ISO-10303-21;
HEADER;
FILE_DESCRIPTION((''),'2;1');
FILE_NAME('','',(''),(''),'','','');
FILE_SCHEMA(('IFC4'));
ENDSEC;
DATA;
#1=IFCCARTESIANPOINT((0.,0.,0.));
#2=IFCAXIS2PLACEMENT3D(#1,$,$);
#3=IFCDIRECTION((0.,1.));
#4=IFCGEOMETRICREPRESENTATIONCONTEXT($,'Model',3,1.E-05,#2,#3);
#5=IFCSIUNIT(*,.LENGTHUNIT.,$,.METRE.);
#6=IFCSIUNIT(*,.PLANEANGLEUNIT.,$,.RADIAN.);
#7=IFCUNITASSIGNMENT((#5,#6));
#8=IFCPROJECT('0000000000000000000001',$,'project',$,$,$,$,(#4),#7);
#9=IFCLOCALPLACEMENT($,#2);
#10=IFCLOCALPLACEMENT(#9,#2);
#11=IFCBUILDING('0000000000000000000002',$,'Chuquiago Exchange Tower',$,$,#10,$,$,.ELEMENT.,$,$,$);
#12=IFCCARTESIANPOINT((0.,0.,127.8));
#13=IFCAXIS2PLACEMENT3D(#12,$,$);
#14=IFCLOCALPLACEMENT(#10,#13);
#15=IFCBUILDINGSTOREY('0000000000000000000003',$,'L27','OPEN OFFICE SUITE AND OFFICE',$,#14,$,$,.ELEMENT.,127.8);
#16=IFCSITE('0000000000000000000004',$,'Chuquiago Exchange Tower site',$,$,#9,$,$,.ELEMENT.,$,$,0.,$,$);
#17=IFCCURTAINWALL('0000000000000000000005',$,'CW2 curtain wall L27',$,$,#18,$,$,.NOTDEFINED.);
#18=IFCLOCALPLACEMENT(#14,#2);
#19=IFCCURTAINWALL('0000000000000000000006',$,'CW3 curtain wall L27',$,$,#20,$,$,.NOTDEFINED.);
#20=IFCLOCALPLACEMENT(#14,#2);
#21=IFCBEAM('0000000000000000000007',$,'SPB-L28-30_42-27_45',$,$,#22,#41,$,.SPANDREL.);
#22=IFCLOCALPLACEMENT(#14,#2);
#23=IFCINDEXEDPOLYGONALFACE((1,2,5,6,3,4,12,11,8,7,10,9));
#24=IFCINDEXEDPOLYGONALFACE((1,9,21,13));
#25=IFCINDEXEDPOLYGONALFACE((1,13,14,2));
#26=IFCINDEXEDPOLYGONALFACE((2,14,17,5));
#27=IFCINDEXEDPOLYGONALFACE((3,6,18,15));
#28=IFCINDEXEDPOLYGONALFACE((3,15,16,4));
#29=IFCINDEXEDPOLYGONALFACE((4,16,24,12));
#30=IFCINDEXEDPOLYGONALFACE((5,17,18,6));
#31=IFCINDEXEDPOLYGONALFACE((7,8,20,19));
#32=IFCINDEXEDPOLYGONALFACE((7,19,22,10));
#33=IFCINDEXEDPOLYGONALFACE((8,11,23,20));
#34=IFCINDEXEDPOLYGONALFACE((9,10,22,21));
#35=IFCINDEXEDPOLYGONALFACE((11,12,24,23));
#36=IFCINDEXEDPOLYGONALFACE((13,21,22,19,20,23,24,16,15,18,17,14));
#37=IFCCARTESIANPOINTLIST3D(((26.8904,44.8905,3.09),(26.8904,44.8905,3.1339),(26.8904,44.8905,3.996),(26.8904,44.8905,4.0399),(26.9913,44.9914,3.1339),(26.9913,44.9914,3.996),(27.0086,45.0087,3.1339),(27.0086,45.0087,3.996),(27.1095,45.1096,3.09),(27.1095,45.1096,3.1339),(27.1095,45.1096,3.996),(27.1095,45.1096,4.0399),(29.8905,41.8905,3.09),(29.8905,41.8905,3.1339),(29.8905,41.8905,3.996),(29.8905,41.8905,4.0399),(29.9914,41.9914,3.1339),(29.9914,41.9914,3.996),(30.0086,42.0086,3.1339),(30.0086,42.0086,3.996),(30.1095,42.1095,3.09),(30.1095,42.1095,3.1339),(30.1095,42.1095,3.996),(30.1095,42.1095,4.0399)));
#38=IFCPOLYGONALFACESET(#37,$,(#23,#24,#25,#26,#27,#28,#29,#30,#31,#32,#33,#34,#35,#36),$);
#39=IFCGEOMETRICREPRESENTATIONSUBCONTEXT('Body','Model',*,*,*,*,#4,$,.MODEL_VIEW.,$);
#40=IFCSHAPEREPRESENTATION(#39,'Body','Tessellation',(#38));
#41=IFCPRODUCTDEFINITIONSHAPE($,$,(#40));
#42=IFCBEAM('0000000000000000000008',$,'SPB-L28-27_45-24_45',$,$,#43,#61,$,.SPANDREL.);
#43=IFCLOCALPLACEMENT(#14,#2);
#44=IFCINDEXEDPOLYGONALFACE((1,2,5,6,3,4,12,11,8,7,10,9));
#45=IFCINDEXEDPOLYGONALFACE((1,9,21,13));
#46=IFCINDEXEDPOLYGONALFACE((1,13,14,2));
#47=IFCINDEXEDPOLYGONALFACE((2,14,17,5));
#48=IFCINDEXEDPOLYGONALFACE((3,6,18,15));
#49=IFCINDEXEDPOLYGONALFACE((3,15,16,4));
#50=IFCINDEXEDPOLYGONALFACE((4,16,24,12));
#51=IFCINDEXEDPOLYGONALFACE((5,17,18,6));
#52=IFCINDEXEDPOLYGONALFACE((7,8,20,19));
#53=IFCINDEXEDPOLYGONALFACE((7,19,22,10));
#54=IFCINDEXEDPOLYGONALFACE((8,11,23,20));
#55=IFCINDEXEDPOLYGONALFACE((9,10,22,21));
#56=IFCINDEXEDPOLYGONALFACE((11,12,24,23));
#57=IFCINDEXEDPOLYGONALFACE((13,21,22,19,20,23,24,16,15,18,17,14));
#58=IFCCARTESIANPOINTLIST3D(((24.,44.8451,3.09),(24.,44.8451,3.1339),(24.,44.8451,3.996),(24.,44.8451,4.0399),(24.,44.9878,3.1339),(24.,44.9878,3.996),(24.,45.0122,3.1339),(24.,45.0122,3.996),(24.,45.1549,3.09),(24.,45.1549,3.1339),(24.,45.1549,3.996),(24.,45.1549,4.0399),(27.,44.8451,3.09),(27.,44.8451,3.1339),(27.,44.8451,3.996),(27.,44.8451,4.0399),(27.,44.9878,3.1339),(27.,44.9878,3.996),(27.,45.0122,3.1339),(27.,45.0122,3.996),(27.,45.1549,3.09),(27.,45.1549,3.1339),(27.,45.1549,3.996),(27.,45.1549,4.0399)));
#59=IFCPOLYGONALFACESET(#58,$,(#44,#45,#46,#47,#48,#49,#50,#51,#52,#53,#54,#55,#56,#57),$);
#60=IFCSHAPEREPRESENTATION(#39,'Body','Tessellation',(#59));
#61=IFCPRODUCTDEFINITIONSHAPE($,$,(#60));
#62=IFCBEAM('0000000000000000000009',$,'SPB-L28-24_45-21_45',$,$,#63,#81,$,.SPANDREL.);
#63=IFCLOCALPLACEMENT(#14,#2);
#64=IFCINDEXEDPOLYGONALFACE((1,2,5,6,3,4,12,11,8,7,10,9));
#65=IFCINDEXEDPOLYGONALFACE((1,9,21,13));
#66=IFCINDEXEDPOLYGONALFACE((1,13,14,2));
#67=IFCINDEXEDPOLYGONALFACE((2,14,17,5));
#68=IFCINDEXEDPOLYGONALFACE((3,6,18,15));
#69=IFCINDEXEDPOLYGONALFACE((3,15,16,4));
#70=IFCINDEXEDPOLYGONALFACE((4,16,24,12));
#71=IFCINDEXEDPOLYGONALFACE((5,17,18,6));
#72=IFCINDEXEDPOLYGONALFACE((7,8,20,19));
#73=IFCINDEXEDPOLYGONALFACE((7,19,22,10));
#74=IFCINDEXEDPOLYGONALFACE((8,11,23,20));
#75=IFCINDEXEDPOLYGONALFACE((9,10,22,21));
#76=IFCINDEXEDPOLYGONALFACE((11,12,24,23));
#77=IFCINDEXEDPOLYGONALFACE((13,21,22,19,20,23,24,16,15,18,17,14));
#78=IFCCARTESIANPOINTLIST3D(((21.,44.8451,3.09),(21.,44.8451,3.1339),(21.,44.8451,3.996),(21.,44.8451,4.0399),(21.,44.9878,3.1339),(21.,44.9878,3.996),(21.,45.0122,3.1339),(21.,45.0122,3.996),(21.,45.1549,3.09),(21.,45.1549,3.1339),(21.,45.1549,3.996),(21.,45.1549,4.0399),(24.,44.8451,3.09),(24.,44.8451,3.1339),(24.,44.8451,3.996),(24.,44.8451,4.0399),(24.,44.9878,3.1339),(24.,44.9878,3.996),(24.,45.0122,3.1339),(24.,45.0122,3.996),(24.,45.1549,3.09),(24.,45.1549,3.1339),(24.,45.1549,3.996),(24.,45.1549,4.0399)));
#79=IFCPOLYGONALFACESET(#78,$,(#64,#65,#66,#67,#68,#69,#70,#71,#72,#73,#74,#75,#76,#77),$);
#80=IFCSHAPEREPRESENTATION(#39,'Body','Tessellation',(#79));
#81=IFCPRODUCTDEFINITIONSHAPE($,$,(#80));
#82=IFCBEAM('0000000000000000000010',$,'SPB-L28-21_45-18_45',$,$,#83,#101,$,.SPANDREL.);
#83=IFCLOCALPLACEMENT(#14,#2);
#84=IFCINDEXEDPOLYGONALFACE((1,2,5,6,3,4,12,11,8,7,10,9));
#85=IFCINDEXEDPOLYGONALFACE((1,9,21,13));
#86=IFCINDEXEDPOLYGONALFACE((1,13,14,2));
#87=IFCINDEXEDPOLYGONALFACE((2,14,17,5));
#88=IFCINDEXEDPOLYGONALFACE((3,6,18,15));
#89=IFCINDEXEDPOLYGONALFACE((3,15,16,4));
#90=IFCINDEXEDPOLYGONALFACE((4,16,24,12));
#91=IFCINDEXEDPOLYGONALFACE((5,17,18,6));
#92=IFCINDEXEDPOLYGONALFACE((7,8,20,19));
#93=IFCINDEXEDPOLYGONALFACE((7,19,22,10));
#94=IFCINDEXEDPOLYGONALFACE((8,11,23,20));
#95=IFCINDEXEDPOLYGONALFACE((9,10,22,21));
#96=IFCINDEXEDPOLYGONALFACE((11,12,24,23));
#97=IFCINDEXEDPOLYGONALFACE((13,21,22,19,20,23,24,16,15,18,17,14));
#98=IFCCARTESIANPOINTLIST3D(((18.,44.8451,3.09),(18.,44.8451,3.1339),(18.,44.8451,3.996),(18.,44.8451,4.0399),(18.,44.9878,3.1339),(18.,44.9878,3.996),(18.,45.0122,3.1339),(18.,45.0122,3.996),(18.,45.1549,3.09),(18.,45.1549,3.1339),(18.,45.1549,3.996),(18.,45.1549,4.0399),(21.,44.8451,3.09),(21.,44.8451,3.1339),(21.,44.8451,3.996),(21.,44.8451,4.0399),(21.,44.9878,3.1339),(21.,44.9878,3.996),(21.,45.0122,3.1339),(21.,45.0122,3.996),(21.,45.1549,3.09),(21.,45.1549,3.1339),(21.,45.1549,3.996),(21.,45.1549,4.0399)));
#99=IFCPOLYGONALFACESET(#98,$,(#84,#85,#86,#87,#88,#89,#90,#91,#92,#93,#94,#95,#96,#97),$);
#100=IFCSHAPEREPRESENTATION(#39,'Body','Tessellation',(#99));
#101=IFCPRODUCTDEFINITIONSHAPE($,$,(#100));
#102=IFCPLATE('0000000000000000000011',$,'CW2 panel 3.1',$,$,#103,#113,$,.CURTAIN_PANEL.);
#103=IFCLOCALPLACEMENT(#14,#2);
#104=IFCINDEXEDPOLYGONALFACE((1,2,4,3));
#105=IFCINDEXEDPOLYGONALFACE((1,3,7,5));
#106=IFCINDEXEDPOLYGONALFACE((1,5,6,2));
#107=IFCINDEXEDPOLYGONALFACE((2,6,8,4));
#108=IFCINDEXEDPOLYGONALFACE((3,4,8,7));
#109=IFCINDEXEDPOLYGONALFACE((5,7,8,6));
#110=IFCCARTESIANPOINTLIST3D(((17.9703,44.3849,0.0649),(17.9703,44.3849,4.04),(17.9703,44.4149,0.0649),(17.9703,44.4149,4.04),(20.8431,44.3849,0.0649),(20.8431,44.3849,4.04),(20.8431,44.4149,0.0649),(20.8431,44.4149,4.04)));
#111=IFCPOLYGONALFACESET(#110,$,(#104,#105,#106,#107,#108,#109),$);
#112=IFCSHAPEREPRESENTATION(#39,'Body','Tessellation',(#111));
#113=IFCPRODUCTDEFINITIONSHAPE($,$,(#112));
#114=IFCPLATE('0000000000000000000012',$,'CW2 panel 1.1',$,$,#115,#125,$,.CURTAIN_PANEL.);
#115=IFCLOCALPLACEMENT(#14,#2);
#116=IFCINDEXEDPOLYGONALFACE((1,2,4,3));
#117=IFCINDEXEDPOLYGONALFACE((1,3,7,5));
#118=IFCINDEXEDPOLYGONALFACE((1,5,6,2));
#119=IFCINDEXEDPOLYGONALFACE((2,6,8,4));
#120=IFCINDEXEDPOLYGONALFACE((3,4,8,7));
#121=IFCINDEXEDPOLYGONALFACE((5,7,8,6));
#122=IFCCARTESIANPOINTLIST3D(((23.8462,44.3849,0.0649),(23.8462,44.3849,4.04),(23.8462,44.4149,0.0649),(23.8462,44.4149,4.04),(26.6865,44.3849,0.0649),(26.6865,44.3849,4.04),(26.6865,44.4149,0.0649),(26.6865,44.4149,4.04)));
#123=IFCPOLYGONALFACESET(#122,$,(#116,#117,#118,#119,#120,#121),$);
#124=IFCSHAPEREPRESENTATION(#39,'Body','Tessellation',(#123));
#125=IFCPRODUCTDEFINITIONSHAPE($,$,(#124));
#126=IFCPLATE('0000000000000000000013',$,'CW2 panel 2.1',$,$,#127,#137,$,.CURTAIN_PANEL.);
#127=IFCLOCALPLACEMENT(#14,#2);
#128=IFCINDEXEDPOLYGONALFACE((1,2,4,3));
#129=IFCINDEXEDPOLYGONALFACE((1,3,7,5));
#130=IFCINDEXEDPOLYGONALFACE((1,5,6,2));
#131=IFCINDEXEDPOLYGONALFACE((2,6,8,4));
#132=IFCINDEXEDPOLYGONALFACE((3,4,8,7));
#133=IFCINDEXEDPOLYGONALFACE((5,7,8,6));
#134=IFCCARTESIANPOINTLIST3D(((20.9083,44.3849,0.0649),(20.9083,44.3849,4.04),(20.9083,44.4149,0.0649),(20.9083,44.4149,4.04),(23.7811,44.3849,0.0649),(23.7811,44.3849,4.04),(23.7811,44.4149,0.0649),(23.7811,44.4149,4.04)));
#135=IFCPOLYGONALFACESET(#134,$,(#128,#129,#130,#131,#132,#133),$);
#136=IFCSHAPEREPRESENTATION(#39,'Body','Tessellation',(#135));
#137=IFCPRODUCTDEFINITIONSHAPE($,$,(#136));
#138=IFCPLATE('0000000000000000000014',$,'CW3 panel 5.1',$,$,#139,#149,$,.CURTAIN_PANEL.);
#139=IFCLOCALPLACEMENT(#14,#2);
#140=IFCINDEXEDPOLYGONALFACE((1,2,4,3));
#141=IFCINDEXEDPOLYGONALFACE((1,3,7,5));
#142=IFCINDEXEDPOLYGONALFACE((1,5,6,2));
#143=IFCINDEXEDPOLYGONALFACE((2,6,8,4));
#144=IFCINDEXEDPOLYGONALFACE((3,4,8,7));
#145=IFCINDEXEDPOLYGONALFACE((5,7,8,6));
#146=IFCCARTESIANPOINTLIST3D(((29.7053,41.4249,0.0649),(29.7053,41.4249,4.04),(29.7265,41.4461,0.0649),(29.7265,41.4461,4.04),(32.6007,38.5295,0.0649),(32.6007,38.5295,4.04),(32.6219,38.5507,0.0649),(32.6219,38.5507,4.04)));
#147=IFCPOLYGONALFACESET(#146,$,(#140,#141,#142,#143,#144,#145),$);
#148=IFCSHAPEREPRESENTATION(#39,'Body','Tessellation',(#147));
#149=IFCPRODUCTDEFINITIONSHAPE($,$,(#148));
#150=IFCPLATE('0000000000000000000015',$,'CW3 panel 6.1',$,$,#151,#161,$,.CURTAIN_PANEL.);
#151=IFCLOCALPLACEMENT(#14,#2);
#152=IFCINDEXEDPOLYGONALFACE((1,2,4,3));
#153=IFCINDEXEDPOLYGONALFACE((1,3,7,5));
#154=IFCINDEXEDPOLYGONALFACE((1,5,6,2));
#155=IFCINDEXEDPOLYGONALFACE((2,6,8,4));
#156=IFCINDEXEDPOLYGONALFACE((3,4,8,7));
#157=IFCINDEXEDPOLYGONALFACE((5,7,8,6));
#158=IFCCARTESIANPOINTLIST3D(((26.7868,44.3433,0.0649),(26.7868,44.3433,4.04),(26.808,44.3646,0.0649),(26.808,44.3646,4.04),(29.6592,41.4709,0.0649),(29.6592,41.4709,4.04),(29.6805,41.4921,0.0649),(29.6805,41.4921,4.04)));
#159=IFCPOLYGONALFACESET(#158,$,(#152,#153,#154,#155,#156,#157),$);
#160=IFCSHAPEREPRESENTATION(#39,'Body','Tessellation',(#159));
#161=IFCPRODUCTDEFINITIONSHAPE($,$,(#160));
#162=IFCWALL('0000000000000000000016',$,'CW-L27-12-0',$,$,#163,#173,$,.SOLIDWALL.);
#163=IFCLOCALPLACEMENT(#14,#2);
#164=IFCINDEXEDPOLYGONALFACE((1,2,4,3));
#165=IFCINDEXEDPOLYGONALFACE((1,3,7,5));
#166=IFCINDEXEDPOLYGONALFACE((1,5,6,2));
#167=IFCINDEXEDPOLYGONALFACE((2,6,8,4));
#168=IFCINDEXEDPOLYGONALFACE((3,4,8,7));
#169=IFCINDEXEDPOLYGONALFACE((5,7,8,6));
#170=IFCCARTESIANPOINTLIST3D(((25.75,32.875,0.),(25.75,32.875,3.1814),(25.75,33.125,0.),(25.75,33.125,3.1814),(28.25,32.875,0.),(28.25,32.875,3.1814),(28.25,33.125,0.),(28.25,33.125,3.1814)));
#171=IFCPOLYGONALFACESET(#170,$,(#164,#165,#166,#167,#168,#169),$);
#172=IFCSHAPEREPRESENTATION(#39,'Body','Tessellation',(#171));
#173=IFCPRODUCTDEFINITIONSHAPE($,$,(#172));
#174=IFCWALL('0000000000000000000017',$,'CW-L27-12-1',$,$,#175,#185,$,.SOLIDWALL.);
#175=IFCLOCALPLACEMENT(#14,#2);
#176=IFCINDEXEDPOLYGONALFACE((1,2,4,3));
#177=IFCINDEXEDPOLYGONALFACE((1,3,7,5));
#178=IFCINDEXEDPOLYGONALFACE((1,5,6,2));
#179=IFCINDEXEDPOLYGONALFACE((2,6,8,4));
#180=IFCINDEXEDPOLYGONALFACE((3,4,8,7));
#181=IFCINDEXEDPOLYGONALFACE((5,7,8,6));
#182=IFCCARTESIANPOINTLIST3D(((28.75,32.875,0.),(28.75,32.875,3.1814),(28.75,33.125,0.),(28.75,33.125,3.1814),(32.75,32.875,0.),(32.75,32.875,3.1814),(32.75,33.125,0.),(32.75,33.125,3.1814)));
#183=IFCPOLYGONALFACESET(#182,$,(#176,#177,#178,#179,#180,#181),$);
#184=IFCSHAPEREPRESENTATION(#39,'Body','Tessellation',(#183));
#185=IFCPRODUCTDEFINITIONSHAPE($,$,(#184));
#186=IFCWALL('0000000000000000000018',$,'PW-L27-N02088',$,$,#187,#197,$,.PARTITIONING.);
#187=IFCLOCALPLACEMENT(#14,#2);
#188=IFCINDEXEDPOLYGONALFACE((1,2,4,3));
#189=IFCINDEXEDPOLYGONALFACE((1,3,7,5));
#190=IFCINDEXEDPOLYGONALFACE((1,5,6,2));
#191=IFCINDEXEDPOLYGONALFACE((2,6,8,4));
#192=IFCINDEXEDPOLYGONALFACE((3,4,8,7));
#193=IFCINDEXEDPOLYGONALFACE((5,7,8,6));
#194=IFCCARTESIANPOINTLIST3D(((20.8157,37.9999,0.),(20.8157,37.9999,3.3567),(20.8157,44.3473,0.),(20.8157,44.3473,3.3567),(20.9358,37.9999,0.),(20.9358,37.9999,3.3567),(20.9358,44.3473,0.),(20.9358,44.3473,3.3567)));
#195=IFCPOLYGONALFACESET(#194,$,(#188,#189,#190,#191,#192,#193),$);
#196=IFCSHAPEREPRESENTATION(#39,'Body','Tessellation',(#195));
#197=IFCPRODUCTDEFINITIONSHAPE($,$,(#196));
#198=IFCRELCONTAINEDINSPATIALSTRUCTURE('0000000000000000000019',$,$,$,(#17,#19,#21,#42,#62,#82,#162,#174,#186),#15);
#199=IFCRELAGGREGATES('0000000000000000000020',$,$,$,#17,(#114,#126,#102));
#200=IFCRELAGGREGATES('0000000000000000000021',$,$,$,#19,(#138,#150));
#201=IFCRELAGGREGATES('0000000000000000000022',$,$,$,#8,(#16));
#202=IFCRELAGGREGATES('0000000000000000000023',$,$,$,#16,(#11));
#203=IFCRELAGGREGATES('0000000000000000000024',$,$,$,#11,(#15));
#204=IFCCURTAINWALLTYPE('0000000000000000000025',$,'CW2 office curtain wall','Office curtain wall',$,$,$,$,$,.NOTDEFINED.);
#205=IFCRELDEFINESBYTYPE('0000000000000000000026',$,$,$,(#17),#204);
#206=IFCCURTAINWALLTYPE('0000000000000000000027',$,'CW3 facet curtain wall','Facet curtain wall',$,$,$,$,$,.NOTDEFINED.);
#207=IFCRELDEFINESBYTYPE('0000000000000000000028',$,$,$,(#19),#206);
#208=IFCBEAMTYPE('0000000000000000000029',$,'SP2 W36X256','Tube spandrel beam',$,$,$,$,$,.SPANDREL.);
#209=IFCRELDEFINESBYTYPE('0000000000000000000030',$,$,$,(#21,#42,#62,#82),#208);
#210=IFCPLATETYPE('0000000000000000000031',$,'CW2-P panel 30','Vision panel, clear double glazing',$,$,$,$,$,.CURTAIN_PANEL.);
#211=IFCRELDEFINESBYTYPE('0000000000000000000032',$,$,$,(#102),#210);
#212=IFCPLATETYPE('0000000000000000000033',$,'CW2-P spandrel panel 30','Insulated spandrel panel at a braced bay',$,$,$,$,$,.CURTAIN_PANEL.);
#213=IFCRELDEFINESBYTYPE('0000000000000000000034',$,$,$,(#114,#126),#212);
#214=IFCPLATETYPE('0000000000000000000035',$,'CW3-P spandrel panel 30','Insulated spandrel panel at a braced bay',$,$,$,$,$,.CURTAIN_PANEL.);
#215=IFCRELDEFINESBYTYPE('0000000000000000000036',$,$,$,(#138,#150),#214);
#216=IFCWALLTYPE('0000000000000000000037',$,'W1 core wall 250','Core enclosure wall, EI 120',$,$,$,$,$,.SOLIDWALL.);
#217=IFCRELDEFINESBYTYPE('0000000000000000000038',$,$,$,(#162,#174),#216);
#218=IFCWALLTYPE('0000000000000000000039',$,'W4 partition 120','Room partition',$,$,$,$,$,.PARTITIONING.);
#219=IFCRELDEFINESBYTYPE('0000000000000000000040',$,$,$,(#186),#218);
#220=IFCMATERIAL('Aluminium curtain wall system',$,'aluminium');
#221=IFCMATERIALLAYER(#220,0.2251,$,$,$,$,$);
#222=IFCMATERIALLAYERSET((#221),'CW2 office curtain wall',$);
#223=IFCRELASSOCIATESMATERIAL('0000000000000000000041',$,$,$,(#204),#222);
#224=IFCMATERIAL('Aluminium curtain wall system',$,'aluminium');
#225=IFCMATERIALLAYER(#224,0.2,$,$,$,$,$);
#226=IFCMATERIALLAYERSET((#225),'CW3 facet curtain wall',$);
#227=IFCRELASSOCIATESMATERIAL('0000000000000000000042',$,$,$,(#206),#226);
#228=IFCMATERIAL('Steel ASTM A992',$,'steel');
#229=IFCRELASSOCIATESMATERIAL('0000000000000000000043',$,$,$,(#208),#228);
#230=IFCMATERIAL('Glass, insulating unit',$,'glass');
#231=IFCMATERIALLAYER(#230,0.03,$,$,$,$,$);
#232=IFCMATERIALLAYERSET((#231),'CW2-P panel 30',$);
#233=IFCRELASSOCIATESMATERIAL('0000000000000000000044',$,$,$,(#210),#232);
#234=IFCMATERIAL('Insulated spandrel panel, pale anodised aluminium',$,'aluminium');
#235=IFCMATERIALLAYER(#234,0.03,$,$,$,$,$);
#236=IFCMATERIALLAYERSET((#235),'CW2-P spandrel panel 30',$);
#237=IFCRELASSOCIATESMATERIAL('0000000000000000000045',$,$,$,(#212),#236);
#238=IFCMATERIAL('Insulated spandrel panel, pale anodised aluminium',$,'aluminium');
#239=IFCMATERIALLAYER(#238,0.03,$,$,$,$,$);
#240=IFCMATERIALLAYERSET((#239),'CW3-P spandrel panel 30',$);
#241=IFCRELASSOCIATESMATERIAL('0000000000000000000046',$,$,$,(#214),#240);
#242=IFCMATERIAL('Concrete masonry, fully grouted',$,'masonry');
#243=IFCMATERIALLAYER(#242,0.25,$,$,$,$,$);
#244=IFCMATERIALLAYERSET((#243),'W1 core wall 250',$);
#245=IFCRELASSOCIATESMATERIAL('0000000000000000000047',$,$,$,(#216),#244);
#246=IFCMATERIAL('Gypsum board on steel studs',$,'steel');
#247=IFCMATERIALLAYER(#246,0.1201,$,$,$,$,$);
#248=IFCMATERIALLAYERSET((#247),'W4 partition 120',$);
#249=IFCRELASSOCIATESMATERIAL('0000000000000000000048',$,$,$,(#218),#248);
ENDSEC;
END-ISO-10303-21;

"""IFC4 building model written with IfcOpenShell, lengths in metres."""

from ifc_helpers import new_model, si_unit, direction, frame, frame_2d, origin, origin_2d, place, context, subcontext, project, spatial, rectangle, i_section, extrude, material, layer, layer_set, material_profile, profile_set, type_object, element, aggregate, save


model = new_model("IFC4")

# Units and contexts
model_context = context("Model", 3, precision=1e-05, world=origin(), true_north=direction((0.0, 1.0)))
body_context = subcontext(model_context, "Body", "Model", "MODEL_VIEW")
ifc_project = project(units=[si_unit("LENGTHUNIT", "METRE"), si_unit("PLANEANGLEUNIT", "RADIAN")], contexts=[model_context])

# Site, building, storey
site_placement = place(None, origin())
site = spatial("IfcSite", under=ifc_project, at=site_placement, Name="Chuquiago Exchange Tower site", CompositionType="ELEMENT", RefElevation=0.0)
building_placement = place(site_placement, origin())
building = spatial("IfcBuilding", under=site, at=building_placement, Name="Chuquiago Exchange Tower", CompositionType="ELEMENT")
storey_placement = place(building_placement, frame((0.0, 0.0, 127.8)))
storey = spatial("IfcBuildingStorey", under=building, at=storey_placement, Name="L27", Description="OPEN OFFICE SUITE AND OFFICE", CompositionType="ELEMENT", Elevation=127.8)

# Curtain walls
ifc_material_1 = material(Name="Aluminium curtain wall system", Category="aluminium")
ifc_layer_1 = layer(ifc_material_1, 0.2251)
ifc_layer_set_1 = layer_set([ifc_layer_1], Name="CW2 office curtain wall")
curtain_wall_type_1 = type_object("IfcCurtainWallType", Name="CW2 office curtain wall", Description="Office curtain wall", PredefinedType="NOTDEFINED", material=ifc_layer_set_1)
curtain_wall_1_placement = place(storey_placement, origin())
curtain_wall_1 = element("IfcCurtainWall", 1, at=curtain_wall_1_placement, inside=storey, type_object=curtain_wall_type_1, Name="CW2 curtain wall L27", PredefinedType="NOTDEFINED")
ifc_material_2 = material(Name="Aluminium curtain wall system", Category="aluminium")
ifc_layer_2 = layer(ifc_material_2, 0.2)
ifc_layer_set_2 = layer_set([ifc_layer_2], Name="CW3 facet curtain wall")
curtain_wall_type_2 = type_object("IfcCurtainWallType", Name="CW3 facet curtain wall", Description="Facet curtain wall", PredefinedType="NOTDEFINED", material=ifc_layer_set_2)
curtain_wall_2_placement = place(storey_placement, origin())
curtain_wall_2 = element("IfcCurtainWall", 2, at=curtain_wall_2_placement, inside=storey, type_object=curtain_wall_type_2, Name="CW3 curtain wall L27", PredefinedType="NOTDEFINED")

# Beams
ifc_material_3 = material(Name="Steel ASTM A992", Category="steel")
ifc_material_profile_1 = material_profile(ifc_material_3, i_section(OverallWidth=0.3098, OverallDepth=0.95, WebThickness=0.0244, FlangeThickness=0.0439, at=origin_2d()), Name="W36X256")
ifc_profile_set_1 = profile_set([ifc_material_profile_1], Name="Steel ASTM A992")
beam_type_1 = type_object("IfcBeamType", Name="SP2 W36X256", Description="Tube spandrel beam", PredefinedType="SPANDREL", material=ifc_profile_set_1)
beam_1_placement = place(storey_placement, frame((30.0, 42.0, 3.5649), z_axis=(-0.707107, 0.707107, 0.0), x_axis=(-0.707107, -0.707107, 0.0)))
element("IfcBeam", 3, at=beam_1_placement, inside=storey, type_object=beam_type_1, Name="SPB-L28-30_42-27_45", PredefinedType="SPANDREL", context=body_context, shape_type="SweptSolid", body=[
    extrude(i_section(OverallWidth=0.3098, OverallDepth=0.95, WebThickness=0.0244, FlangeThickness=0.0439, at=origin_2d()), origin(), (0.0, 0.0, 1.0), 4.2427),
])
for number, where, z_axis, x_axis, name in (
    (4, (27.0, 45.0, 3.5649), (-1.0, 0.0, 0.0), (0.0, -1.0, 0.0), "SPB-L28-27_45-24_45"),
    (5, (24.0, 45.0, 3.5649), (-1.0, 0.0, 0.0), (0.0, -1.0, 0.0), "SPB-L28-24_45-21_45"),
    (6, (21.0, 45.0, 3.5649), (-1.0, 0.0, 0.0), (0.0, -1.0, 0.0), "SPB-L28-21_45-18_45"),
):
    element("IfcBeam", number, at=place(storey_placement, frame(where, z_axis=z_axis, x_axis=x_axis)), inside=storey, type_object=beam_type_1, Name=name, PredefinedType="SPANDREL", context=body_context, shape_type="SweptSolid", body=[
        extrude(i_section(OverallWidth=0.3098, OverallDepth=0.95, WebThickness=0.0244, FlangeThickness=0.0439, at=origin_2d()), origin(), (0.0, 0.0, 1.0), 3.0),
    ])

# Plates
ifc_material_4 = material(Name="Glass, insulating unit", Category="glass")
ifc_layer_3 = layer(ifc_material_4, 0.03)
ifc_layer_set_3 = layer_set([ifc_layer_3], Name="CW2-P panel 30")
plate_type_1 = type_object("IfcPlateType", Name="CW2-P panel 30", Description="Vision panel, clear double glazing", PredefinedType="CURTAIN_PANEL", material=ifc_layer_set_3)
plate_1_placement = place(storey_placement, frame((19.4067, 44.3999, 0.0649), z_axis=(0.0, 0.0, 1.0), x_axis=(-1.0, 0.0, 0.0)))
plate_1 = element("IfcPlate", 7, at=plate_1_placement, type_object=plate_type_1, Name="CW2 panel 3.1", PredefinedType="CURTAIN_PANEL", context=body_context, shape_type="SweptSolid", body=[
    extrude(rectangle(XDim=2.8728, YDim=0.03, at=origin_2d()), origin(), (0.0, 0.0, 1.0), 3.9751),
])
ifc_material_5 = material(Name="Insulated spandrel panel, pale anodised aluminium", Category="aluminium")
ifc_layer_4 = layer(ifc_material_5, 0.03)
ifc_layer_set_4 = layer_set([ifc_layer_4], Name="CW2-P spandrel panel 30")
plate_type_2 = type_object("IfcPlateType", Name="CW2-P spandrel panel 30", Description="Insulated spandrel panel at a braced bay", PredefinedType="CURTAIN_PANEL", material=ifc_layer_set_4)
plate_2_placement = place(storey_placement, frame((25.2664, 44.3999, 0.0649), z_axis=(0.0, 0.0, 1.0), x_axis=(-1.0, 0.0, 0.0)))
plate_2 = element("IfcPlate", 8, at=plate_2_placement, type_object=plate_type_2, Name="CW2 panel 1.1", PredefinedType="CURTAIN_PANEL", context=body_context, shape_type="SweptSolid", body=[
    extrude(rectangle(XDim=2.8403, YDim=0.03, at=origin_2d()), origin(), (0.0, 0.0, 1.0), 3.9751),
])
plate_3_placement = place(storey_placement, frame((22.3447, 44.3999, 0.0649), z_axis=(0.0, 0.0, 1.0), x_axis=(-1.0, 0.0, 0.0)))
plate_3 = element("IfcPlate", 9, at=plate_3_placement, type_object=plate_type_2, Name="CW2 panel 2.1", PredefinedType="CURTAIN_PANEL", context=body_context, shape_type="SweptSolid", body=[
    extrude(rectangle(XDim=2.8728, YDim=0.03, at=origin_2d()), origin(), (0.0, 0.0, 1.0), 3.9751),
])
aggregate(curtain_wall_1, [plate_2, plate_3, plate_1])
ifc_material_6 = material(Name="Insulated spandrel panel, pale anodised aluminium", Category="aluminium")
ifc_layer_5 = layer(ifc_material_6, 0.03)
ifc_layer_set_5 = layer_set([ifc_layer_5], Name="CW3-P spandrel panel 30")
plate_type_3 = type_object("IfcPlateType", Name="CW3-P spandrel panel 30", Description="Insulated spandrel panel at a braced bay", PredefinedType="CURTAIN_PANEL", material=ifc_layer_set_5)
plate_4_placement = place(storey_placement, frame((31.1636, 39.9878, 0.0649), z_axis=(0.0, 0.0, 1.0), x_axis=(-0.707107, 0.707107, 0.0)))
plate_4 = element("IfcPlate", 10, at=plate_4_placement, type_object=plate_type_3, Name="CW3 panel 5.1", PredefinedType="CURTAIN_PANEL", context=body_context, shape_type="SweptSolid", body=[
    extrude(rectangle(XDim=4.0947, YDim=0.03, at=origin_2d()), origin(), (0.0, 0.0, 1.0), 3.9751),
])
plate_5_placement = place(storey_placement, frame((28.2336, 42.9177, 0.0649), z_axis=(0.0, 0.0, 1.0), x_axis=(-0.707107, 0.707107, 0.0)))
plate_5 = element("IfcPlate", 11, at=plate_5_placement, type_object=plate_type_3, Name="CW3 panel 6.1", PredefinedType="CURTAIN_PANEL", context=body_context, shape_type="SweptSolid", body=[
    extrude(rectangle(XDim=4.0623, YDim=0.03, at=origin_2d()), origin(), (0.0, 0.0, 1.0), 3.9751),
])
aggregate(curtain_wall_2, [plate_4, plate_5])

# Walls
ifc_material_7 = material(Name="Concrete masonry, fully grouted", Category="masonry")
ifc_layer_6 = layer(ifc_material_7, 0.25)
ifc_layer_set_6 = layer_set([ifc_layer_6], Name="W1 core wall 250")
wall_type_1 = type_object("IfcWallType", Name="W1 core wall 250", Description="Core enclosure wall, EI 120", PredefinedType="SOLIDWALL", material=ifc_layer_set_6)
wall_1_placement = place(storey_placement, frame((25.75, 33.0, 0.0), z_axis=(0.0, 0.0, 1.0), x_axis=(1.0, 0.0, 0.0)))
element("IfcWall", 12, at=wall_1_placement, inside=storey, type_object=wall_type_1, Name="CW-L27-12-0", PredefinedType="SOLIDWALL", context=body_context, shape_type="SweptSolid", body=[
    extrude(rectangle(XDim=2.5, YDim=0.25, at=frame_2d((1.25, 0.0))), origin(), (0.0, 0.0, 1.0), 3.1814),
])
wall_2_placement = place(storey_placement, frame((28.75, 33.0, 0.0), z_axis=(0.0, 0.0, 1.0), x_axis=(1.0, 0.0, 0.0)))
element("IfcWall", 13, at=wall_2_placement, inside=storey, type_object=wall_type_1, Name="CW-L27-12-1", PredefinedType="SOLIDWALL", context=body_context, shape_type="SweptSolid", body=[
    extrude(rectangle(XDim=4.0, YDim=0.25, at=frame_2d((2.0, 0.0))), origin(), (0.0, 0.0, 1.0), 3.1814),
])
ifc_material_8 = material(Name="Gypsum board on steel studs", Category="steel")
ifc_layer_7 = layer(ifc_material_8, 0.1201)
ifc_layer_set_7 = layer_set([ifc_layer_7], Name="W4 partition 120")
wall_type_2 = type_object("IfcWallType", Name="W4 partition 120", Description="Room partition", PredefinedType="PARTITIONING", material=ifc_layer_set_7)
wall_3_placement = place(storey_placement, frame((20.8757, 44.3474, 0.0), z_axis=(0.0, 0.0, 1.0), x_axis=(0.0, -1.0, 0.0)))
element("IfcWall", 14, at=wall_3_placement, inside=storey, type_object=wall_type_2, Name="PW-L27-N02088", PredefinedType="PARTITIONING", context=body_context, shape_type="SweptSolid", body=[
    extrude(rectangle(XDim=6.3474, YDim=0.1201, at=frame_2d((3.1738, 0.0))), origin(), (0.0, 0.0, 1.0), 3.3567),
])

save(model, "model.ifc")
